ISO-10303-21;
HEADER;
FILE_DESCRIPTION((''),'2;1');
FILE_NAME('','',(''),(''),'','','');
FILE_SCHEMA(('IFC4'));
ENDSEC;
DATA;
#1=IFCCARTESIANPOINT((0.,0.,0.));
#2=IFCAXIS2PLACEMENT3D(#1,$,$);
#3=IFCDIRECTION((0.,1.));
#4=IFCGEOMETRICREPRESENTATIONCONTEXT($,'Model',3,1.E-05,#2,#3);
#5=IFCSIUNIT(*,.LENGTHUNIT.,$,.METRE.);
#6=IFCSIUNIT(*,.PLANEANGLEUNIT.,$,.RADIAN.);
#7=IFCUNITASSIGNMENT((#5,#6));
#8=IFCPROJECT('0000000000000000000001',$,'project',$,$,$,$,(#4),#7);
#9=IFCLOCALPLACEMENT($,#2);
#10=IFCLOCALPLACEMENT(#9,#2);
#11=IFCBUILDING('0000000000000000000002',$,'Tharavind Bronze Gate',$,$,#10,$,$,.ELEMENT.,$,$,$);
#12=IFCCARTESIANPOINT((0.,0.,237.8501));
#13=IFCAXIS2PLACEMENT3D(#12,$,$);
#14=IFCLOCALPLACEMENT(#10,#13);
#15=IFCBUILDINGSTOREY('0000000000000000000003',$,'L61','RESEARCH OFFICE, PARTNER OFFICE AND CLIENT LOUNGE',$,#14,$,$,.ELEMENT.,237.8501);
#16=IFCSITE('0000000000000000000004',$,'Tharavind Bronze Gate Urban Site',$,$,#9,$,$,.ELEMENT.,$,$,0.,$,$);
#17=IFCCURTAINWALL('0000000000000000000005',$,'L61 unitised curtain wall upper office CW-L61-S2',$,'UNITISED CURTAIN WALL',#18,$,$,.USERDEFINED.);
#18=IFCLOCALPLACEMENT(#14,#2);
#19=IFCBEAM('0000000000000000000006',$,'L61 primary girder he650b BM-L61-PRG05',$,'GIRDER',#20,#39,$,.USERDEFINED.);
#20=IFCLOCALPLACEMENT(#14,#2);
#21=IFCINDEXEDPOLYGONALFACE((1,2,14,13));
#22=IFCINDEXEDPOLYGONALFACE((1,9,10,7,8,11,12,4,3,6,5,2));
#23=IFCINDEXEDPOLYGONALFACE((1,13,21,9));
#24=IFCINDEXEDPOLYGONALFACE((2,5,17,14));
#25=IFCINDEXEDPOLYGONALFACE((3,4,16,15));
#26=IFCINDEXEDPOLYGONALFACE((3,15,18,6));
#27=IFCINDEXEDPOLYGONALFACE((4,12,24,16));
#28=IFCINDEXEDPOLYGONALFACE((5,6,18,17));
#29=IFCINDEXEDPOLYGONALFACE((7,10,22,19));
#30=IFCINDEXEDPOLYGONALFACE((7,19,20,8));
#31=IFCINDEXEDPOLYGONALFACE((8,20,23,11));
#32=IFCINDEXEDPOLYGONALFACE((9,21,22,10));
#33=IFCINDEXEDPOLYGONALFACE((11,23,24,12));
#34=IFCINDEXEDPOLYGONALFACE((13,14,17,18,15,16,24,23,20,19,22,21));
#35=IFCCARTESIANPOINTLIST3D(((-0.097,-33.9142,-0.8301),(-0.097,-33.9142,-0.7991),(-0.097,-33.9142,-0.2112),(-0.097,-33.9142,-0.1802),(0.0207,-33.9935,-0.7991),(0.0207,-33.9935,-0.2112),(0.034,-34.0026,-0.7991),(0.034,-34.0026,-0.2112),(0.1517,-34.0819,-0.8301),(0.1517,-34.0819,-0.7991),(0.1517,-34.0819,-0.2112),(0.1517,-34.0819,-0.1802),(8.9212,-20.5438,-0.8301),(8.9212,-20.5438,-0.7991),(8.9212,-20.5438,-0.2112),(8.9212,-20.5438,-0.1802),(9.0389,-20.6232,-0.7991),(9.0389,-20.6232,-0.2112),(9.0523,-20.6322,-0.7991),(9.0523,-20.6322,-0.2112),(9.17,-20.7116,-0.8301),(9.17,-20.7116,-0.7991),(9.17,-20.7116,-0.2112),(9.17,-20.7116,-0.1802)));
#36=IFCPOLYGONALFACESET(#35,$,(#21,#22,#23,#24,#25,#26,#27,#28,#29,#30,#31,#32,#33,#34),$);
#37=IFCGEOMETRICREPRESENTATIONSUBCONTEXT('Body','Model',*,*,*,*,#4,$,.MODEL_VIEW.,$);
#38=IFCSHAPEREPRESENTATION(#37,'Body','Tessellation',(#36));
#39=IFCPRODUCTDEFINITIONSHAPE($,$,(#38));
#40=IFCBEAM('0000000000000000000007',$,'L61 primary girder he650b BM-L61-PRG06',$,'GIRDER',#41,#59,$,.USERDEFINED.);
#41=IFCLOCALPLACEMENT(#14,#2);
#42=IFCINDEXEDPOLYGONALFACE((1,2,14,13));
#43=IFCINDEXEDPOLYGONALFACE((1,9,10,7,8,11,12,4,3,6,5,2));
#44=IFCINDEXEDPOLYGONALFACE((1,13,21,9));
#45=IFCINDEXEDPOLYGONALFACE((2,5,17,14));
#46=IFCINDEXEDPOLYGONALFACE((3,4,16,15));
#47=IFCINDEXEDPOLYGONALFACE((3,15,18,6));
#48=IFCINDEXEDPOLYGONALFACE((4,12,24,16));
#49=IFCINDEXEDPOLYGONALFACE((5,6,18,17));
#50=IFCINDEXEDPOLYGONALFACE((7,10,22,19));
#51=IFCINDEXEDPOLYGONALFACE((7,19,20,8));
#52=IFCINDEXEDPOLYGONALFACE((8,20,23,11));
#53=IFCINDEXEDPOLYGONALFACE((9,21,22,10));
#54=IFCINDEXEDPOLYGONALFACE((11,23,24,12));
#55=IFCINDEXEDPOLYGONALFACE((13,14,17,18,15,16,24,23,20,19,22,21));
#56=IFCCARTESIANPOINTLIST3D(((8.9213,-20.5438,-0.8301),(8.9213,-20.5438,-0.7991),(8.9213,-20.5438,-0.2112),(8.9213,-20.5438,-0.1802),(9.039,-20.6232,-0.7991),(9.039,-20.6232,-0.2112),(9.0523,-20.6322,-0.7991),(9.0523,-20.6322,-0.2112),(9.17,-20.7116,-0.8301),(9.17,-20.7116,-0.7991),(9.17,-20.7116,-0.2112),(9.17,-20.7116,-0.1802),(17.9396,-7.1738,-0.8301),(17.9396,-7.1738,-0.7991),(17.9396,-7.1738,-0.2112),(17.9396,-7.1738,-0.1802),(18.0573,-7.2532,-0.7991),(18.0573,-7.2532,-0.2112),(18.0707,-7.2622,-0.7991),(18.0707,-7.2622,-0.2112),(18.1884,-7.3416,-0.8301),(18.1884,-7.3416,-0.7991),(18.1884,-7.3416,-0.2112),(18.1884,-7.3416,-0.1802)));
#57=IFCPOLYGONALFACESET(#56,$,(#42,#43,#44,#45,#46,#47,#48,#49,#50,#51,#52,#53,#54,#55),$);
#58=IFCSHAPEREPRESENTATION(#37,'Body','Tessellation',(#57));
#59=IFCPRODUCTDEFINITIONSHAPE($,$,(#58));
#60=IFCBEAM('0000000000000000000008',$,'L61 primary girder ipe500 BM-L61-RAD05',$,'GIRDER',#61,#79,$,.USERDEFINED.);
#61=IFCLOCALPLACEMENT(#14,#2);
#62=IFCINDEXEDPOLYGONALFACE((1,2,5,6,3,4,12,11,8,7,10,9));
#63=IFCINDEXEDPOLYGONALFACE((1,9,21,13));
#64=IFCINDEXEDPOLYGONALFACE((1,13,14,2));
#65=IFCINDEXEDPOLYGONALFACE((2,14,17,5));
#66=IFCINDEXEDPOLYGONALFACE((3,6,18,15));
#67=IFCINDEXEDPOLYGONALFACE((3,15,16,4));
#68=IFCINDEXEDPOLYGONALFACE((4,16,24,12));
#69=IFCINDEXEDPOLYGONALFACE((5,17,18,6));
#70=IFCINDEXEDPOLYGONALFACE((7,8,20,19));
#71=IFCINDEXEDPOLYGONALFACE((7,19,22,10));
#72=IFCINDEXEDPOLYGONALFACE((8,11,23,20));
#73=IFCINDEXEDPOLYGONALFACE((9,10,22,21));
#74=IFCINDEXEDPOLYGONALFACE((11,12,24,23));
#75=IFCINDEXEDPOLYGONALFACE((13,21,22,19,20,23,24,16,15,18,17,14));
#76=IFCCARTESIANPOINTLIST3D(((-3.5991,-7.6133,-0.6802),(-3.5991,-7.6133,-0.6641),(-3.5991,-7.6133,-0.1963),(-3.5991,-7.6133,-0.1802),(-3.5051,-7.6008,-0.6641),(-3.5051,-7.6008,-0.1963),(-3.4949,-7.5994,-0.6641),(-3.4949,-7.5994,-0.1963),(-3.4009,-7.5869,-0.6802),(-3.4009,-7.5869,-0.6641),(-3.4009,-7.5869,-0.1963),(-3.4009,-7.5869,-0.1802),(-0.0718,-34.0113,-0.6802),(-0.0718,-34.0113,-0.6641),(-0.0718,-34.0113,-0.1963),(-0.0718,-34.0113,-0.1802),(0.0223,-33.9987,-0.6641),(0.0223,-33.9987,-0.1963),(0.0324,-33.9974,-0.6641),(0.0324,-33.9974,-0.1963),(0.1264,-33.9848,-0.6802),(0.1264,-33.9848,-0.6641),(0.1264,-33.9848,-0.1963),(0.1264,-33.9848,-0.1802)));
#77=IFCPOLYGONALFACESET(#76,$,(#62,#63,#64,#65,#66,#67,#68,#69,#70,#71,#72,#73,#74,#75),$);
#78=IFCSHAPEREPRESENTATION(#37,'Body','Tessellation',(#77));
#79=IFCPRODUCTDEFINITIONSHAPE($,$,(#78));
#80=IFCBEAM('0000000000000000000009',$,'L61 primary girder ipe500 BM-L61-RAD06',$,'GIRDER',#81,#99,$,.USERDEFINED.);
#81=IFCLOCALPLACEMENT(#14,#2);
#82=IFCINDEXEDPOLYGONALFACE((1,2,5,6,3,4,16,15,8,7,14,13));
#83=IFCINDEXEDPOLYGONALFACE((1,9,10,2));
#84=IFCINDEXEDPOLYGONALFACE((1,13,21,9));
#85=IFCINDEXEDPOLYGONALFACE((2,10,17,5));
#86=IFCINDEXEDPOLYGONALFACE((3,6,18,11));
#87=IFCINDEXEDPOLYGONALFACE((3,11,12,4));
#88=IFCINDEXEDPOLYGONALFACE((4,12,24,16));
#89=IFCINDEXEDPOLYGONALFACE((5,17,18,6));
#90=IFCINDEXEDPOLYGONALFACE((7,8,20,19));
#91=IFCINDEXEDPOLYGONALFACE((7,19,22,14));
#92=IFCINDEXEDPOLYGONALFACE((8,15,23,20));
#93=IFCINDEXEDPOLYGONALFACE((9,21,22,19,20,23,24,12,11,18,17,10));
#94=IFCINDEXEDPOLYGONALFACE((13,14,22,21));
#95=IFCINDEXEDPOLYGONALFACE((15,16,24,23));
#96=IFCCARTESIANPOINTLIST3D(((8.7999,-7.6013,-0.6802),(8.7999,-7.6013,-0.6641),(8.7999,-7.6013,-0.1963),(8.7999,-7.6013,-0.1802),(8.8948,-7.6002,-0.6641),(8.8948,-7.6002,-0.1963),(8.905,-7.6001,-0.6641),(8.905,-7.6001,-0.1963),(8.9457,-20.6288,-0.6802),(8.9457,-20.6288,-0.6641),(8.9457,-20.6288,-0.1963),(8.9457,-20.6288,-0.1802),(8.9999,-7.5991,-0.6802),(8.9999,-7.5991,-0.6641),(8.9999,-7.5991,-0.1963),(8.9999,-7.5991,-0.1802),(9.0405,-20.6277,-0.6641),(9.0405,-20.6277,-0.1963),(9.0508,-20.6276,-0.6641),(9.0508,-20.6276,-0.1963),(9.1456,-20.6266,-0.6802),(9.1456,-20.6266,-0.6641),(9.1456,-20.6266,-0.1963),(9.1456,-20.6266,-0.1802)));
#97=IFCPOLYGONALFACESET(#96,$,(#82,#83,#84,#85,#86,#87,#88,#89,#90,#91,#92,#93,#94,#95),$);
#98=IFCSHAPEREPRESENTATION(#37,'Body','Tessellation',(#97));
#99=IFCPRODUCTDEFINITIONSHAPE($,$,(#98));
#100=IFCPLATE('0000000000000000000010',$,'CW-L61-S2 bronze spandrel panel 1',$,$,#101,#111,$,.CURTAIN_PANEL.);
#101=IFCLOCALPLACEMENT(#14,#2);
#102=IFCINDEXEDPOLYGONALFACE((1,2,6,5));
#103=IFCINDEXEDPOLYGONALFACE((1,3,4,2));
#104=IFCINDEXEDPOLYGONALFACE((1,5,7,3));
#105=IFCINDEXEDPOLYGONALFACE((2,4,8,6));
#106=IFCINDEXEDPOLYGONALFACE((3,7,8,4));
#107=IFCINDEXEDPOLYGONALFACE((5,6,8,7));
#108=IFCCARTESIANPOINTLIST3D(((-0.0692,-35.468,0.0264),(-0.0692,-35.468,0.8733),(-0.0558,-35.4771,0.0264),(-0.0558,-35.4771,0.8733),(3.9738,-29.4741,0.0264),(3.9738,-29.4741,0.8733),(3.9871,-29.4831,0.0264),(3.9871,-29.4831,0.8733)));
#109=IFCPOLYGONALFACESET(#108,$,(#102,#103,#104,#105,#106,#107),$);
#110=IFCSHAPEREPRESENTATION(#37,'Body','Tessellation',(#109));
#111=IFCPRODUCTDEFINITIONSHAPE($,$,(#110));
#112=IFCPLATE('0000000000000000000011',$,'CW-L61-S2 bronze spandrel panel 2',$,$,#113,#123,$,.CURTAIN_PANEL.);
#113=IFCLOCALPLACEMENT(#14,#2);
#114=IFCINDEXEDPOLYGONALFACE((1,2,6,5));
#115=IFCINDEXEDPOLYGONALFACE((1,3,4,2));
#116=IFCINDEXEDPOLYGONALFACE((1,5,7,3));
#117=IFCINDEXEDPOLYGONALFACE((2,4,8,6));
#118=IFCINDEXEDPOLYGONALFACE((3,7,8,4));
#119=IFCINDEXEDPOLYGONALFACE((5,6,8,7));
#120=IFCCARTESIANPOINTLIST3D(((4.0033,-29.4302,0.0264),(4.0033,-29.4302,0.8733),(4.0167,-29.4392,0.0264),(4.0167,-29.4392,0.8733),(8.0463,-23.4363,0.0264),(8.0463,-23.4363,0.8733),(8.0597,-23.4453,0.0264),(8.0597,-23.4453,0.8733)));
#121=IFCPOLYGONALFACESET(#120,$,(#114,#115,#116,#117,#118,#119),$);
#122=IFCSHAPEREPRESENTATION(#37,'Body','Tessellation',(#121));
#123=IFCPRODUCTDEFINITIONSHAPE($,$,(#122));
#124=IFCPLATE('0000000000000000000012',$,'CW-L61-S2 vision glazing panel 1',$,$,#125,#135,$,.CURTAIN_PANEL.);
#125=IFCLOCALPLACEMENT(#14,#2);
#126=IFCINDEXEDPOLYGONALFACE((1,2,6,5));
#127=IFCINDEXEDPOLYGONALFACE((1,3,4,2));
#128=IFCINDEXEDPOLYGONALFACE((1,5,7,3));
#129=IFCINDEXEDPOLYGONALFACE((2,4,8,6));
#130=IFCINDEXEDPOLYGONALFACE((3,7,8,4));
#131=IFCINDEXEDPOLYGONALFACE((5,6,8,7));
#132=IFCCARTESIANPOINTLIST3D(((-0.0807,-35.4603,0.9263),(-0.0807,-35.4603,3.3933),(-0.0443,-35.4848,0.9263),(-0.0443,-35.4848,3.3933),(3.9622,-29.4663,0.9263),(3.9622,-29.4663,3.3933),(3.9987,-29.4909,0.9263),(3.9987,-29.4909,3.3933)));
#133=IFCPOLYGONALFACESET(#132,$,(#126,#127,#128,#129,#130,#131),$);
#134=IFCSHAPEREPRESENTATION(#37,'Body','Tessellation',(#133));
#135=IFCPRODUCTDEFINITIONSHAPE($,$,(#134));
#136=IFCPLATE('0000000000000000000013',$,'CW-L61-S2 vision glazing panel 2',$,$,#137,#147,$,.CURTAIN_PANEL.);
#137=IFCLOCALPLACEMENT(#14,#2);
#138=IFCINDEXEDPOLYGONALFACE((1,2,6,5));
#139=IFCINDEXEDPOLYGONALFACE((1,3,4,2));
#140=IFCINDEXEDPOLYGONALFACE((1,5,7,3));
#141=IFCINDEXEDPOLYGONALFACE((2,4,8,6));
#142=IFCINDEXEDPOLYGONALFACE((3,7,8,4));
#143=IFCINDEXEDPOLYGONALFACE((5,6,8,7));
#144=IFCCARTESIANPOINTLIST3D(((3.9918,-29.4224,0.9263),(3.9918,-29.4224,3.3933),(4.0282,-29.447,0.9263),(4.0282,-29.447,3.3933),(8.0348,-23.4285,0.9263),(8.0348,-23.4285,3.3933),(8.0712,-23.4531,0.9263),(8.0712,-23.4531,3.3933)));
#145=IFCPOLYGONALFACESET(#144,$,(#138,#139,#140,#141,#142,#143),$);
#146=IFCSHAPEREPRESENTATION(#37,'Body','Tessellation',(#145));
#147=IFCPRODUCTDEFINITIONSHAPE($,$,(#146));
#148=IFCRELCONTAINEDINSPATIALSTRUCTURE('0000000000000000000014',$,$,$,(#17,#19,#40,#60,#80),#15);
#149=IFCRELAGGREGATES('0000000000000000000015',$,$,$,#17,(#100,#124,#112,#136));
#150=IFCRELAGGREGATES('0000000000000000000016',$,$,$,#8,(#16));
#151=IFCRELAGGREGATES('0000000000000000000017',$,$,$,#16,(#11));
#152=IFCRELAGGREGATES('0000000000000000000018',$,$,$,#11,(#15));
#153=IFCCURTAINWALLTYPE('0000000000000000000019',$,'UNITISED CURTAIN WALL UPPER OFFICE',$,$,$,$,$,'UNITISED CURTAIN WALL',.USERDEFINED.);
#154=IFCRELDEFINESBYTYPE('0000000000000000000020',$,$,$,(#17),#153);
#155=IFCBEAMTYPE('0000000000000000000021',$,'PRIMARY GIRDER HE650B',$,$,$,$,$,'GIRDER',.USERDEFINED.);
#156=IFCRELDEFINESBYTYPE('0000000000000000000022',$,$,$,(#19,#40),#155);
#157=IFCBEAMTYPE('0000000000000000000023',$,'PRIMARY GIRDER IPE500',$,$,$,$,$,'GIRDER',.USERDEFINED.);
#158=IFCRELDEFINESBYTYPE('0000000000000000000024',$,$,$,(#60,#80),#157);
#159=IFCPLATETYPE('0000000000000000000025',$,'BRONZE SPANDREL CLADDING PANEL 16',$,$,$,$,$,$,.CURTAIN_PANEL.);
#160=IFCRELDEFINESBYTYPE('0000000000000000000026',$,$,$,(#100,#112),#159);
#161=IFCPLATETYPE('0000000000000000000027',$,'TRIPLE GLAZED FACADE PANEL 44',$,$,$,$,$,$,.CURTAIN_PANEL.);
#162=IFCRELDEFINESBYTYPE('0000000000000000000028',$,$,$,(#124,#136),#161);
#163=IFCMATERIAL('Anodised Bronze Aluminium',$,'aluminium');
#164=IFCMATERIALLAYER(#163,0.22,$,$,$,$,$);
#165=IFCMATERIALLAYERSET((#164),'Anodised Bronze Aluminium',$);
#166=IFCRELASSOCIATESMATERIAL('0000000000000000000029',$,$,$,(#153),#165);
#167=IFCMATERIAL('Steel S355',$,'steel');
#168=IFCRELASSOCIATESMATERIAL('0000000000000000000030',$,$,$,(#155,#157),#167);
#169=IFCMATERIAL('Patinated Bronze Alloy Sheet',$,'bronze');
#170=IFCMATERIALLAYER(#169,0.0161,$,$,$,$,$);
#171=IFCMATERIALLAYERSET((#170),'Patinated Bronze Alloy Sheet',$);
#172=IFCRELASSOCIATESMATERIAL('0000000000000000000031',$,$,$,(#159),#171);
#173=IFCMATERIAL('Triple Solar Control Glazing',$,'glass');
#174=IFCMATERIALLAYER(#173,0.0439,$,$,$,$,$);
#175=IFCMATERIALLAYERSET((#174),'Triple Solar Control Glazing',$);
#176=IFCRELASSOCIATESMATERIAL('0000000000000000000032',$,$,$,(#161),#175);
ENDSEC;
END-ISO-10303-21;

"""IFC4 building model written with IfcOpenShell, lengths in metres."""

from ifc_helpers import new_model, si_unit, direction, frame, origin, origin_2d, place, context, subcontext, project, spatial, rectangle, i_section, extrude, material, layer, layer_set, material_profile, profile_set, type_object, element, aggregate, save


model = new_model("IFC4")

# Units and contexts
model_context = context("Model", 3, precision=1e-05, world=origin(), true_north=direction((0.0, 1.0)))
body_context = subcontext(model_context, "Body", "Model", "MODEL_VIEW")
ifc_project = project(units=[si_unit("LENGTHUNIT", "METRE"), si_unit("PLANEANGLEUNIT", "RADIAN")], contexts=[model_context])

# Site, building, storey
site_placement = place(None, origin())
site = spatial("IfcSite", under=ifc_project, at=site_placement, Name="Tharavind Bronze Gate Urban Site", CompositionType="ELEMENT", RefElevation=0.0)
building_placement = place(site_placement, origin())
building = spatial("IfcBuilding", under=site, at=building_placement, Name="Tharavind Bronze Gate", CompositionType="ELEMENT")
storey_placement = place(building_placement, frame((0.0, 0.0, 237.8501)))
storey = spatial("IfcBuildingStorey", under=building, at=storey_placement, Name="L61", Description="RESEARCH OFFICE, PARTNER OFFICE AND CLIENT LOUNGE", CompositionType="ELEMENT", Elevation=237.8501)

# Curtain wall
ifc_material_1 = material(Name="Anodised Bronze Aluminium", Category="aluminium")
ifc_layer_1 = layer(ifc_material_1, 0.22)
ifc_layer_set_1 = layer_set([ifc_layer_1], Name="Anodised Bronze Aluminium")
curtain_wall_type = type_object("IfcCurtainWallType", Name="UNITISED CURTAIN WALL UPPER OFFICE", ElementType="UNITISED CURTAIN WALL", PredefinedType="USERDEFINED", material=ifc_layer_set_1)
curtain_wall_placement = place(storey_placement, origin())
curtain_wall = element("IfcCurtainWall", 1, at=curtain_wall_placement, inside=storey, type_object=curtain_wall_type, Name="L61 unitised curtain wall upper office CW-L61-S2", ObjectType="UNITISED CURTAIN WALL", PredefinedType="USERDEFINED")

# Beams
ifc_material_2 = material(Name="Steel S355", Category="steel")
ifc_material_profile_1 = material_profile(ifc_material_2, i_section(OverallWidth=0.3, OverallDepth=0.6499, WebThickness=0.0161, FlangeThickness=0.031, at=origin_2d()), Name="HE650B")
ifc_profile_set_1 = profile_set([ifc_material_profile_1], Name="Steel S355")
beam_type_1 = type_object("IfcBeamType", Name="PRIMARY GIRDER HE650B", ElementType="GIRDER", PredefinedType="USERDEFINED", material=ifc_profile_set_1)
beam_1_placement = place(storey_placement, frame((0.0273, -33.998, -0.5051), z_axis=(0.559188, 0.829041, 0.0), x_axis=(-0.829041, 0.559188, 0.0)))
element("IfcBeam", 2, at=beam_1_placement, inside=storey, type_object=beam_type_1, Name="L61 primary girder he650b BM-L61-PRG05", ObjectType="GIRDER", PredefinedType="USERDEFINED", context=body_context, shape_type="SweptSolid", body=[
    extrude(i_section(OverallWidth=0.3, OverallDepth=0.6499, WebThickness=0.0161, FlangeThickness=0.031, at=origin_2d()), origin(), (0.0, 0.0, 1.0), 16.1274),
])
beam_2_placement = place(storey_placement, frame((9.0457, -20.6277, -0.5051), z_axis=(0.559202, 0.829031, 0.0), x_axis=(-0.829031, 0.559202, 0.0)))
element("IfcBeam", 3, at=beam_2_placement, inside=storey, type_object=beam_type_1, Name="L61 primary girder he650b BM-L61-PRG06", ObjectType="GIRDER", PredefinedType="USERDEFINED", context=body_context, shape_type="SweptSolid", body=[
    extrude(i_section(OverallWidth=0.3, OverallDepth=0.6499, WebThickness=0.0161, FlangeThickness=0.031, at=origin_2d()), origin(), (0.0, 0.0, 1.0), 16.1272),
])
ifc_material_profile_2 = material_profile(ifc_material_2, i_section(OverallWidth=0.2, OverallDepth=0.5, WebThickness=0.0103, FlangeThickness=0.0161, at=origin_2d()), Name="IPE500")
ifc_profile_set_2 = profile_set([ifc_material_profile_2], Name="Steel S355")
beam_type_2 = type_object("IfcBeamType", Name="PRIMARY GIRDER IPE500", ElementType="GIRDER", PredefinedType="USERDEFINED", material=ifc_profile_set_2)
beam_3_placement = place(storey_placement, frame((0.0273, -33.998, -0.4302), z_axis=(-0.132445, 0.99119, 0.0), x_axis=(-0.99119, -0.132445, 0.0)))
element("IfcBeam", 4, at=beam_3_placement, inside=storey, type_object=beam_type_2, Name="L61 primary girder ipe500 BM-L61-RAD05", ObjectType="GIRDER", PredefinedType="USERDEFINED", context=body_context, shape_type="SweptSolid", body=[
    extrude(i_section(OverallWidth=0.2, OverallDepth=0.5, WebThickness=0.0103, FlangeThickness=0.0161, at=origin_2d()), origin(), (0.0, 0.0, 1.0), 26.6326),
])
beam_4_placement = place(storey_placement, frame((9.0457, -20.6277, -0.4302), z_axis=(-0.011187, 0.999937, 0.0), x_axis=(-0.999937, -0.011187, 0.0)))
element("IfcBeam", 5, at=beam_4_placement, inside=storey, type_object=beam_type_2, Name="L61 primary girder ipe500 BM-L61-RAD06", ObjectType="GIRDER", PredefinedType="USERDEFINED", context=body_context, shape_type="SweptSolid", body=[
    extrude(i_section(OverallWidth=0.2, OverallDepth=0.5, WebThickness=0.0103, FlangeThickness=0.0161, at=origin_2d()), origin(), (0.0, 0.0, 1.0), 13.0283),
])

# Plates
ifc_material_3 = material(Name="Patinated Bronze Alloy Sheet", Category="bronze")
ifc_layer_2 = layer(ifc_material_3, 0.0161)
ifc_layer_set_2 = layer_set([ifc_layer_2], Name="Patinated Bronze Alloy Sheet")
plate_type_1 = type_object("IfcPlateType", Name="BRONZE SPANDREL CLADDING PANEL 16", PredefinedType="CURTAIN_PANEL", material=ifc_layer_set_2)
plate_1_placement = place(storey_placement, frame((1.959, -32.4756, 0.0264), z_axis=(0.0, 0.0, 1.0), x_axis=(0.559193, 0.829038, 0.0)))
plate_1 = element("IfcPlate", 6, at=plate_1_placement, type_object=plate_type_1, Name="CW-L61-S2 bronze spandrel panel 1", PredefinedType="CURTAIN_PANEL", context=body_context, shape_type="SweptSolid", body=[
    extrude(rectangle(XDim=7.23, YDim=0.0161, at=origin_2d()), origin(), (0.0, 0.0, 1.0), 0.8469),
])
plate_2_placement = place(storey_placement, frame((6.0315, -26.4377, 0.0264), z_axis=(0.0, 0.0, 1.0), x_axis=(0.559193, 0.829038, 0.0)))
plate_2 = element("IfcPlate", 7, at=plate_2_placement, type_object=plate_type_1, Name="CW-L61-S2 bronze spandrel panel 2", PredefinedType="CURTAIN_PANEL", context=body_context, shape_type="SweptSolid", body=[
    extrude(rectangle(XDim=7.23, YDim=0.0161, at=origin_2d()), origin(), (0.0, 0.0, 1.0), 0.8469),
])
ifc_material_4 = material(Name="Triple Solar Control Glazing", Category="glass")
ifc_layer_3 = layer(ifc_material_4, 0.0439)
ifc_layer_set_3 = layer_set([ifc_layer_3], Name="Triple Solar Control Glazing")
plate_type_2 = type_object("IfcPlateType", Name="TRIPLE GLAZED FACADE PANEL 44", PredefinedType="CURTAIN_PANEL", material=ifc_layer_set_3)
plate_3_placement = place(storey_placement, frame((1.959, -32.4756, 0.9263), z_axis=(0.0, 0.0, 1.0), x_axis=(0.559193, 0.829038, 0.0)))
plate_3 = element("IfcPlate", 8, at=plate_3_placement, type_object=plate_type_2, Name="CW-L61-S2 vision glazing panel 1", PredefinedType="CURTAIN_PANEL", context=body_context, shape_type="SweptSolid", body=[
    extrude(rectangle(XDim=7.23, YDim=0.0439, at=origin_2d()), origin(), (0.0, 0.0, 1.0), 2.467),
])
plate_4_placement = place(storey_placement, frame((6.0315, -26.4377, 0.9263), z_axis=(0.0, 0.0, 1.0), x_axis=(0.559193, 0.829038, 0.0)))
plate_4 = element("IfcPlate", 9, at=plate_4_placement, type_object=plate_type_2, Name="CW-L61-S2 vision glazing panel 2", PredefinedType="CURTAIN_PANEL", context=body_context, shape_type="SweptSolid", body=[
    extrude(rectangle(XDim=7.23, YDim=0.0439, at=origin_2d()), origin(), (0.0, 0.0, 1.0), 2.467),
])
aggregate(curtain_wall, [plate_1, plate_3, plate_2, plate_4])

save(model, "model.ifc")
